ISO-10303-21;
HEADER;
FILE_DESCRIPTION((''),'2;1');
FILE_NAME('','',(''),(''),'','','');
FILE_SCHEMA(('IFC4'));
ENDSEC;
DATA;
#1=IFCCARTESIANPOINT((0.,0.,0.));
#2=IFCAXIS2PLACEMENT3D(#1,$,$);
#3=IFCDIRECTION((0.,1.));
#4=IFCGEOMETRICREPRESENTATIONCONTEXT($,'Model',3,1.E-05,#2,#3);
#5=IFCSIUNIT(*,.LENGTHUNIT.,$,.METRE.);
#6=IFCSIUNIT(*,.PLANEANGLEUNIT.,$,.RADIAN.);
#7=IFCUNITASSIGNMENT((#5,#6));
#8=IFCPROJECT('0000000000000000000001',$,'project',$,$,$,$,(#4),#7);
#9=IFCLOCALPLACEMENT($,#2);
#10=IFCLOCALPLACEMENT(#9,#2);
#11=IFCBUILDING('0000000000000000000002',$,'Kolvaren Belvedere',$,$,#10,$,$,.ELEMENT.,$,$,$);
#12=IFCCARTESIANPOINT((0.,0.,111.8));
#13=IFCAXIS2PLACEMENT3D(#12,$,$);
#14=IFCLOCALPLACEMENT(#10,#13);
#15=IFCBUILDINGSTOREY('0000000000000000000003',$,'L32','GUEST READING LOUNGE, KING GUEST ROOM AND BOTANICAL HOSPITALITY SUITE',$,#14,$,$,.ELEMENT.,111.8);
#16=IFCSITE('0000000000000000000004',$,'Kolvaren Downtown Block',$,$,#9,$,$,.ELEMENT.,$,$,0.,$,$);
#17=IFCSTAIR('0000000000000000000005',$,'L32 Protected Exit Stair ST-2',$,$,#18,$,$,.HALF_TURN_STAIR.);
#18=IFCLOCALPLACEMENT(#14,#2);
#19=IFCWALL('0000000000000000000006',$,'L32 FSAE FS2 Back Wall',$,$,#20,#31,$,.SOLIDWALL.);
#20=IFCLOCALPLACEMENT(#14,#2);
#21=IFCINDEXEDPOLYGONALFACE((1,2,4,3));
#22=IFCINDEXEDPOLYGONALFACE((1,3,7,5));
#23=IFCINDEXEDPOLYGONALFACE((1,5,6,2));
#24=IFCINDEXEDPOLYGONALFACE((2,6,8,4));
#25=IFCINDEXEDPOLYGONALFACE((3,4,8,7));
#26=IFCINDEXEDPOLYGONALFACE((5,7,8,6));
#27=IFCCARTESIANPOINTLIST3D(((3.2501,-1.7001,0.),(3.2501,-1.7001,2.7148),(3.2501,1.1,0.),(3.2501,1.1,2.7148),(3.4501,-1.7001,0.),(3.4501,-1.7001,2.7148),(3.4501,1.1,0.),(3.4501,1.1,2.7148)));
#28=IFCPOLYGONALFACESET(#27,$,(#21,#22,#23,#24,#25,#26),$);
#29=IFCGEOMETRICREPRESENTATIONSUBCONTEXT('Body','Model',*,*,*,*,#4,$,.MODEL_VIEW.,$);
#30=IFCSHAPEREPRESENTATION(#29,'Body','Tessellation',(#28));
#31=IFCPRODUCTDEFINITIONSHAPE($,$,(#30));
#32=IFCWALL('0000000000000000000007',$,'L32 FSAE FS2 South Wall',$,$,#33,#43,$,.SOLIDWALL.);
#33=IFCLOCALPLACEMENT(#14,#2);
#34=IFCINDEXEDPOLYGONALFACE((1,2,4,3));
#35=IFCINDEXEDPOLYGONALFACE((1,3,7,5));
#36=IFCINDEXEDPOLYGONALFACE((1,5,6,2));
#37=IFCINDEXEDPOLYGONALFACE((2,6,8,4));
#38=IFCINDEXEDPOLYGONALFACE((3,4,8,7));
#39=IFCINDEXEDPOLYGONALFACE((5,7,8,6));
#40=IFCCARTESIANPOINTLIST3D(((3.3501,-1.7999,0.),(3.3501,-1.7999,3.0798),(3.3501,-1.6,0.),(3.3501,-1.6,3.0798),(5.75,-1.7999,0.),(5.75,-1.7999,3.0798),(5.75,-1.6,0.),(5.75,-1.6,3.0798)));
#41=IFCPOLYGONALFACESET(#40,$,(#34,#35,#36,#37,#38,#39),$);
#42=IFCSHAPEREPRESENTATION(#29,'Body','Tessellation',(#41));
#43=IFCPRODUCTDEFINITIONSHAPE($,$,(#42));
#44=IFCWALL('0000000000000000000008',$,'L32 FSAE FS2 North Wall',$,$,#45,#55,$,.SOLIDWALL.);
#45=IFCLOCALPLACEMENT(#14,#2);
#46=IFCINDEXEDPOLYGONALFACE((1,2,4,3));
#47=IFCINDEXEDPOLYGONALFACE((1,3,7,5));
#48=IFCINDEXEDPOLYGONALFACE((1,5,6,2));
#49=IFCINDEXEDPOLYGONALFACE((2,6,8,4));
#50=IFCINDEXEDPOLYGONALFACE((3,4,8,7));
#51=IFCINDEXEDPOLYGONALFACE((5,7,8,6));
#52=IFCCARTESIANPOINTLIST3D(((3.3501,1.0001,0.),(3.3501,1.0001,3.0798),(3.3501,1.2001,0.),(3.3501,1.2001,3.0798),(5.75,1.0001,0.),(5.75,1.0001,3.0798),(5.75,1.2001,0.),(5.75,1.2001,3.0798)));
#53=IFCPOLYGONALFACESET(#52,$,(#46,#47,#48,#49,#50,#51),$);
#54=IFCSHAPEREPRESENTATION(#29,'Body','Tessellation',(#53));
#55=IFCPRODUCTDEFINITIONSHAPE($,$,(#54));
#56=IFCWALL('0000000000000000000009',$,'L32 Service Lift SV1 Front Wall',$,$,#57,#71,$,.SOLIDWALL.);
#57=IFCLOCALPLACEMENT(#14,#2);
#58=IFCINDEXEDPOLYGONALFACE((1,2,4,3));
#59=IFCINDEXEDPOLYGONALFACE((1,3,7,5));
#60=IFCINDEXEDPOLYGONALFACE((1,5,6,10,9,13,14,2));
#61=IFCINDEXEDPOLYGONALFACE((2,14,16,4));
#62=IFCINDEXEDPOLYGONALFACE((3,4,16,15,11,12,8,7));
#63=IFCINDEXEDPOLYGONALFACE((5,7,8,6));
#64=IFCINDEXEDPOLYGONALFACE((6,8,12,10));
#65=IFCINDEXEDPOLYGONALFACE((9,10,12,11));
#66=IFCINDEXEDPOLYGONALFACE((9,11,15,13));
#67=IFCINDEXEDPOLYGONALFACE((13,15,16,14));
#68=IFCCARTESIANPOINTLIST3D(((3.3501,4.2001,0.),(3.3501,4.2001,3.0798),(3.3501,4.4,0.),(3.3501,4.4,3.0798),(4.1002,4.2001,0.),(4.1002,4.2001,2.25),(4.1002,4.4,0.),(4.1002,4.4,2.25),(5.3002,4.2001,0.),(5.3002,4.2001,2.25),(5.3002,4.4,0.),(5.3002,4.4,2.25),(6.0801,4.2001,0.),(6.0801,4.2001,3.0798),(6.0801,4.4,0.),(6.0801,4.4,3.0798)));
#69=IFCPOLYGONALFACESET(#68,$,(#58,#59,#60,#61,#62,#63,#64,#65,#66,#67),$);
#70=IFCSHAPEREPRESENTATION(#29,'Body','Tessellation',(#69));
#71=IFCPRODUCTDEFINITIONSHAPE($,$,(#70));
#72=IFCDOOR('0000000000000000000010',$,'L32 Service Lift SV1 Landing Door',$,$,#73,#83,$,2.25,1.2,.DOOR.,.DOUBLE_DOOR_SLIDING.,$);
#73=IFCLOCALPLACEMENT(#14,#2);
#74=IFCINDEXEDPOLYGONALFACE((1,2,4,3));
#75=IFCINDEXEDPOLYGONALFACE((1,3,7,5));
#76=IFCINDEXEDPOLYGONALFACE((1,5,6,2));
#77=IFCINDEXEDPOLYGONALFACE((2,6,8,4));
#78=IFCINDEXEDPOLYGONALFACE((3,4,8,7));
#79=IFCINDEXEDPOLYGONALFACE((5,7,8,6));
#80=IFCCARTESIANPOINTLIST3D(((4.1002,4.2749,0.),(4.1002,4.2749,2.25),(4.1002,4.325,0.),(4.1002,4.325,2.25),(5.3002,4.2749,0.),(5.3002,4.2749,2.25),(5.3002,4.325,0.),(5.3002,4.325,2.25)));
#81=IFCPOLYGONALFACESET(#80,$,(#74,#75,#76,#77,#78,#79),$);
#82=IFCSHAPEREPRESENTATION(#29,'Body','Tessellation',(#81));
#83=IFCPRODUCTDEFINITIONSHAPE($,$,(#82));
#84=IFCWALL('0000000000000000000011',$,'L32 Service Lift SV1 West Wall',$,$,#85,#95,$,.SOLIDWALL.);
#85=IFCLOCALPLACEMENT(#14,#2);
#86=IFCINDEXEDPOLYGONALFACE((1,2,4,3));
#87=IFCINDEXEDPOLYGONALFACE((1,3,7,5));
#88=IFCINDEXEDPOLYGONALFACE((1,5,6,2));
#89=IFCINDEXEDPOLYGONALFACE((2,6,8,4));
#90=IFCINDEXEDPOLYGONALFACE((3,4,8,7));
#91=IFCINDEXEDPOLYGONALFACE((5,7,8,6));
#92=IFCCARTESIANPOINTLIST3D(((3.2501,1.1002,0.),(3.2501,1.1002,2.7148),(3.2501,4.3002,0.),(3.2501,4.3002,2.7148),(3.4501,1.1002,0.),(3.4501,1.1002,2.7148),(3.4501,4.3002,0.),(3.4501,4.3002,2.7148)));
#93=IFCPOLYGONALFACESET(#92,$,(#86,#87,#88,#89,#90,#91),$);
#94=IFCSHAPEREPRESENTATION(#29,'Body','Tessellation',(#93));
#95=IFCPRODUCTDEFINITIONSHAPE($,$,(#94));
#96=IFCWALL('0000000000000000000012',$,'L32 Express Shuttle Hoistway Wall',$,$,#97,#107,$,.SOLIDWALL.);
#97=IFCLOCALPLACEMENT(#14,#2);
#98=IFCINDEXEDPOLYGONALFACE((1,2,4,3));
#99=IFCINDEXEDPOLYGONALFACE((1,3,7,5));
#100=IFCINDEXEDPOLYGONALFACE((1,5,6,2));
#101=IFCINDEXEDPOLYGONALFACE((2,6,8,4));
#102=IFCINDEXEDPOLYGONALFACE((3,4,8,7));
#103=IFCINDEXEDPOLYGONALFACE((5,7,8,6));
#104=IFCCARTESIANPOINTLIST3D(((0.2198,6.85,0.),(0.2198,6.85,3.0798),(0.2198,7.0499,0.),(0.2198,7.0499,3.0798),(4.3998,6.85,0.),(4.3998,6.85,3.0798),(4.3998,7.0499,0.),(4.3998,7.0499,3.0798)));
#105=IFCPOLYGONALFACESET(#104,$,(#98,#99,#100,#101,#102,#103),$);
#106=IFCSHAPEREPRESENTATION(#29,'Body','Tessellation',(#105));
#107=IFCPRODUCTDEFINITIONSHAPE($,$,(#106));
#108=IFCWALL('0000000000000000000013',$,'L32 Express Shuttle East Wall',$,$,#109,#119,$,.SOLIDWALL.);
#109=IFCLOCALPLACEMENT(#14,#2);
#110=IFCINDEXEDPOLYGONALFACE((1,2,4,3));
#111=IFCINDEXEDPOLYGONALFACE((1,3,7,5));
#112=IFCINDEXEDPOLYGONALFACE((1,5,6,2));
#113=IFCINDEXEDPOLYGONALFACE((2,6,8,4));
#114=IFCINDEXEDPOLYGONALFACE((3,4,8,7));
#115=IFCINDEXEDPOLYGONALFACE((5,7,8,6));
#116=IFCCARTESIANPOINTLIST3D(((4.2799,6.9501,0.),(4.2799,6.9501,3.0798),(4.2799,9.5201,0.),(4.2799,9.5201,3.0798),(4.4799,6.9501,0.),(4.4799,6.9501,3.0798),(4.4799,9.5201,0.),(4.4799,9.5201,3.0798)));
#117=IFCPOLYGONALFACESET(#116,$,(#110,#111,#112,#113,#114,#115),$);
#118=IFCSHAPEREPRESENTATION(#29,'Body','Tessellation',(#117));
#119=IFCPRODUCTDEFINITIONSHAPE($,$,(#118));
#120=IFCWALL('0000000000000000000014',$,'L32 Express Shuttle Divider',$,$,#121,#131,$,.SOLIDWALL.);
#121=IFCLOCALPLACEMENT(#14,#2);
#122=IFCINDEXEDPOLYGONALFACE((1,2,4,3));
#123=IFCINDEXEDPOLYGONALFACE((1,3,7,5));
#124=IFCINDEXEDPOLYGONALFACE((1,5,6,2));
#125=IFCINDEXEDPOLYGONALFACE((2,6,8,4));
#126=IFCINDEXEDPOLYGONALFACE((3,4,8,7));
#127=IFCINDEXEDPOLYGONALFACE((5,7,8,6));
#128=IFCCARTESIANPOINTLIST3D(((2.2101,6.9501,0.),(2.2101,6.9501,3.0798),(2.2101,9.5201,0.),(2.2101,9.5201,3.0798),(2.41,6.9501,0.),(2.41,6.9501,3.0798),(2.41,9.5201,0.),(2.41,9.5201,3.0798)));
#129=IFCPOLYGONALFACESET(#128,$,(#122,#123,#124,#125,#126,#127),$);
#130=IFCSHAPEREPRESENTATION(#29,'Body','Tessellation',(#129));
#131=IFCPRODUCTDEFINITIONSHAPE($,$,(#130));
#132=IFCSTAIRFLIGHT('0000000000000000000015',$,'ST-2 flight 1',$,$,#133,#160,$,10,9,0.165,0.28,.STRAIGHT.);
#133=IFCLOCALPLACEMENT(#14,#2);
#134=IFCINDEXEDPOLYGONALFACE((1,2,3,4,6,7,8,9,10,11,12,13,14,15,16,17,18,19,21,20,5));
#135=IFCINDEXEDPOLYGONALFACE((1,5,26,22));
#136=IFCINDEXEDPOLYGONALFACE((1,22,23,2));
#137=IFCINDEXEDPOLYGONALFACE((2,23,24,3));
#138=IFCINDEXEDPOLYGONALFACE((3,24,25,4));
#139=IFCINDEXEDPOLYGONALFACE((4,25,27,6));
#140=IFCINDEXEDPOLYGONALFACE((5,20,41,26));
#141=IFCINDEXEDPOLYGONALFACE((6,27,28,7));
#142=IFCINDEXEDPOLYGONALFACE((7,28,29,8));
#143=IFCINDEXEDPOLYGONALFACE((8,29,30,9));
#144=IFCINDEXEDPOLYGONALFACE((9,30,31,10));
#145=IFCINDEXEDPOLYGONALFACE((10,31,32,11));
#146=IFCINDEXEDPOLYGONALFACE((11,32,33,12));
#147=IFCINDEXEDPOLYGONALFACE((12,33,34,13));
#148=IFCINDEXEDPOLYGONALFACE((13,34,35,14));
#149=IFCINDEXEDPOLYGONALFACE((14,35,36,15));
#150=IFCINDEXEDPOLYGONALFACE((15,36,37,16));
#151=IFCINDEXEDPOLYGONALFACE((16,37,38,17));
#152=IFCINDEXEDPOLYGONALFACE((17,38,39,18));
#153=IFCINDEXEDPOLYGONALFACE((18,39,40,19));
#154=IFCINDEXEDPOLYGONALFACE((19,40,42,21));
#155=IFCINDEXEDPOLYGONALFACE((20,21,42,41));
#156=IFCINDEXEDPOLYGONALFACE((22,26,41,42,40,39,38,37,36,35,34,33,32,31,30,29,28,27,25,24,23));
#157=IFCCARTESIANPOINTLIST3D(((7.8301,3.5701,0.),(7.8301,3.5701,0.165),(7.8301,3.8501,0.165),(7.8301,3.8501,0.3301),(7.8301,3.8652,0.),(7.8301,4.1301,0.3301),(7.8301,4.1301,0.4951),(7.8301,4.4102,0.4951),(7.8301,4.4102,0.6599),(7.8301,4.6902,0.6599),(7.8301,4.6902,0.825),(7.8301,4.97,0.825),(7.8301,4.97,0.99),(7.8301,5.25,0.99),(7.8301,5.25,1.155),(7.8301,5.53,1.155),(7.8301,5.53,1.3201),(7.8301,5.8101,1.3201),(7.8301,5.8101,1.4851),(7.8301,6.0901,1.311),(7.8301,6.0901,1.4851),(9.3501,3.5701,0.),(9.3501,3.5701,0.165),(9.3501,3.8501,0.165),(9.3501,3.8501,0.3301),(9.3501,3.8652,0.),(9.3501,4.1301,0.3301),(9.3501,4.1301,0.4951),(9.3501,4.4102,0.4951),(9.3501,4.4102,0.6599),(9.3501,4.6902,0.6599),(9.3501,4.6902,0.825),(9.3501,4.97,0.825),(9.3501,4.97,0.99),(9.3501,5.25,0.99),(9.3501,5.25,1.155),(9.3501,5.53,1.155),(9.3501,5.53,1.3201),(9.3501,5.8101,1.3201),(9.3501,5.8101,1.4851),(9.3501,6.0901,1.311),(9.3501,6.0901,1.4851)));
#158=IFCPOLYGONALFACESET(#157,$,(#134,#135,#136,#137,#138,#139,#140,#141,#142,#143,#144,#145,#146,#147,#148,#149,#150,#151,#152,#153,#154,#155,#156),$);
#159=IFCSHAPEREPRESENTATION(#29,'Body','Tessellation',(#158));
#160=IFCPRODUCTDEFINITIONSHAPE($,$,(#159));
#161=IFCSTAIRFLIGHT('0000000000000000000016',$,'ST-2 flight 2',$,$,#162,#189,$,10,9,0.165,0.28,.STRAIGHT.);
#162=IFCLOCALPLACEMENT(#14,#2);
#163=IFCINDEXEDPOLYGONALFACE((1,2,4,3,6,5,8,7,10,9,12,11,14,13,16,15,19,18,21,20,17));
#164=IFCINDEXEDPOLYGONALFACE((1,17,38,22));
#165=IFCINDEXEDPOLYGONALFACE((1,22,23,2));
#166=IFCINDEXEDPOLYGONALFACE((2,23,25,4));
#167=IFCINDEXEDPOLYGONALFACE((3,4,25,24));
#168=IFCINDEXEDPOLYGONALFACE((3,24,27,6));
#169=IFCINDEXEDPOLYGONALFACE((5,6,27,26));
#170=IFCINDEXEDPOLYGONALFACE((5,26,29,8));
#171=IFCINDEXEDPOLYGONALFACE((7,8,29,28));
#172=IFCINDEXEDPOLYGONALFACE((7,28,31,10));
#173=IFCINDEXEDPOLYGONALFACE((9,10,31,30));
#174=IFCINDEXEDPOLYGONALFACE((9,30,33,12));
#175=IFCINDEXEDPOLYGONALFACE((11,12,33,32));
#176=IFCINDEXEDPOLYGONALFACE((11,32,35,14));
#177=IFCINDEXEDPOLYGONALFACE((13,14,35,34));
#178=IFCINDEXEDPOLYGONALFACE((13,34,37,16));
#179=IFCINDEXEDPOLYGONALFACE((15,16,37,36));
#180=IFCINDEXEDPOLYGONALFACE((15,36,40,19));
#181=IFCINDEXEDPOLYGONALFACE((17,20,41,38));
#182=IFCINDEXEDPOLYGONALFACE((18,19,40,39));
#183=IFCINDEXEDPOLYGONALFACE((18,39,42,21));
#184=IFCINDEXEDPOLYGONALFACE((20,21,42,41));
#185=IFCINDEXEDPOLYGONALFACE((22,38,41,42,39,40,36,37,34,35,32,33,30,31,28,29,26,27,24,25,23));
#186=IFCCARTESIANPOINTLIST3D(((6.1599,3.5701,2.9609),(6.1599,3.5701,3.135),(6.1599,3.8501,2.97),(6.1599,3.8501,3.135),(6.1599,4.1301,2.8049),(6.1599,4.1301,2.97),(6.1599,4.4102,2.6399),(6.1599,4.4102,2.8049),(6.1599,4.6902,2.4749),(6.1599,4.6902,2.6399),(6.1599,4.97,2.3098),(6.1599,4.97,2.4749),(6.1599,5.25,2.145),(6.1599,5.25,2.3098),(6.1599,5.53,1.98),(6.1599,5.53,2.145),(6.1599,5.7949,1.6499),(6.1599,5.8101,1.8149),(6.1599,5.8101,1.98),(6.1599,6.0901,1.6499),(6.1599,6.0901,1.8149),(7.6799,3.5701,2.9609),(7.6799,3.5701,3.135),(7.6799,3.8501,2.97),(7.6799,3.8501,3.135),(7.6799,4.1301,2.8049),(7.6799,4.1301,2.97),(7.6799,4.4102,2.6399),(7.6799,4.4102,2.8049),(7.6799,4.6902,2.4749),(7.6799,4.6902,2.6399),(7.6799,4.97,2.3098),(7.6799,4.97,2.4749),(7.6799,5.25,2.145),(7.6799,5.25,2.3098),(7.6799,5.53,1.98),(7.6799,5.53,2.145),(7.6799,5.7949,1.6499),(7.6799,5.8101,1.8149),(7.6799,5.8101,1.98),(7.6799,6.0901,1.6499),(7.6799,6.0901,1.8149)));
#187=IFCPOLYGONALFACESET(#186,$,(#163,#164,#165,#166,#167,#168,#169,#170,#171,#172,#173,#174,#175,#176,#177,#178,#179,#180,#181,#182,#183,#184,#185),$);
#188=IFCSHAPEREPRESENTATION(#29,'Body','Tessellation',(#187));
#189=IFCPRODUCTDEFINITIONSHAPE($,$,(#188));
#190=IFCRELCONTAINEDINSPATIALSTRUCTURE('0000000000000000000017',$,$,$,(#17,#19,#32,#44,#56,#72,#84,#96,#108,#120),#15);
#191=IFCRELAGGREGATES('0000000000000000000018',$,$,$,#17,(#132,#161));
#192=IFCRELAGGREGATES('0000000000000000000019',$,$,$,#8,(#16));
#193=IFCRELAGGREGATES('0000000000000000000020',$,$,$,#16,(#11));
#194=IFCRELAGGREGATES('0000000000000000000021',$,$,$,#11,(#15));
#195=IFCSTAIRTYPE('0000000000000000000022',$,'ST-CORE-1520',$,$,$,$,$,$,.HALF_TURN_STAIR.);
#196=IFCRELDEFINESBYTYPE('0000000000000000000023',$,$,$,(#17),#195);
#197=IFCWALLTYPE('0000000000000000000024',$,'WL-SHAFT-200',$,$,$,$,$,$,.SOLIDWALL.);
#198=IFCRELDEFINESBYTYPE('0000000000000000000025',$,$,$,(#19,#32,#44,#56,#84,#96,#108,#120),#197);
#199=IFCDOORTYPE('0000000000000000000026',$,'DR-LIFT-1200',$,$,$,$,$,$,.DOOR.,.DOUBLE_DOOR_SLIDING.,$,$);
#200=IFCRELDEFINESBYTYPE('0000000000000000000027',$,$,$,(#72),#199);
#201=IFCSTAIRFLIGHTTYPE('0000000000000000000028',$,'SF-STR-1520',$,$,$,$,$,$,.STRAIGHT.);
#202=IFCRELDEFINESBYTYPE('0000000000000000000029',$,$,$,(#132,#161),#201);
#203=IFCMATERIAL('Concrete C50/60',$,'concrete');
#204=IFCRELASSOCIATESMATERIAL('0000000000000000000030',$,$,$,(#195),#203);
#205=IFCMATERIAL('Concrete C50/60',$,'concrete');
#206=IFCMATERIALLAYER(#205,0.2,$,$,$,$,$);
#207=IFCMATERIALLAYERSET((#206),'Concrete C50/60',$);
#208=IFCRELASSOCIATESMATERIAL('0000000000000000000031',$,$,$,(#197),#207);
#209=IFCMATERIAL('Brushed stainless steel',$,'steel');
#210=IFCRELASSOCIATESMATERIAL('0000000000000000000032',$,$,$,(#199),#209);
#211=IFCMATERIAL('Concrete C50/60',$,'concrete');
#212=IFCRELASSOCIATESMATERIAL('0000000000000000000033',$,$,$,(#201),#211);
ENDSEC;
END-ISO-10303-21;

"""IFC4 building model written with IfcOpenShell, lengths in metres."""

from ifc_helpers import new_model, si_unit, direction, frame, frame_2d, origin, place, context, subcontext, project, spatial, polyline, rectangle, outline, extrude, material, layer, layer_set, type_object, element, fill, aggregate, save


model = new_model("IFC4")

# Units and contexts
model_context = context("Model", 3, precision=1e-05, world=origin(), true_north=direction((0.0, 1.0)))
body_context = subcontext(model_context, "Body", "Model", "MODEL_VIEW")
ifc_project = project(units=[si_unit("LENGTHUNIT", "METRE"), si_unit("PLANEANGLEUNIT", "RADIAN")], contexts=[model_context])

# Site, building, storey
site_placement = place(None, origin())
site = spatial("IfcSite", under=ifc_project, at=site_placement, Name="Kolvaren Downtown Block", CompositionType="ELEMENT", RefElevation=0.0)
building_placement = place(site_placement, origin())
building = spatial("IfcBuilding", under=site, at=building_placement, Name="Kolvaren Belvedere", CompositionType="ELEMENT")
storey_placement = place(building_placement, frame((0.0, 0.0, 111.8)))
storey = spatial("IfcBuildingStorey", under=building, at=storey_placement, Name="L32", Description="GUEST READING LOUNGE, KING GUEST ROOM AND BOTANICAL HOSPITALITY SUITE", CompositionType="ELEMENT", Elevation=111.8)

# Stair
ifc_material_1 = material(Name="Concrete C50/60", Category="concrete")
stair_type = type_object("IfcStairType", Name="ST-CORE-1520", PredefinedType="HALF_TURN_STAIR", material=ifc_material_1)
stair_1_placement = place(storey_placement, origin())
stair_1 = element("IfcStair", 1, at=stair_1_placement, inside=storey, type_object=stair_type, Name="L32 Protected Exit Stair ST-2", PredefinedType="HALF_TURN_STAIR")

# Walls
ifc_material_2 = material(Name="Concrete C50/60", Category="concrete")
ifc_layer_1 = layer(ifc_material_2, 0.2)
ifc_layer_set_1 = layer_set([ifc_layer_1], Name="Concrete C50/60")
wall_type_1 = type_object("IfcWallType", Name="WL-SHAFT-200", PredefinedType="SOLIDWALL", material=ifc_layer_set_1)
wall_1_placement = place(storey_placement, frame((3.3501, -1.7, 0.0), z_axis=(0.0, 0.0, 1.0), x_axis=(0.0, 1.0, 0.0)))
element("IfcWall", 2, at=wall_1_placement, inside=storey, type_object=wall_type_1, Name="L32 FSAE FS2 Back Wall", PredefinedType="SOLIDWALL", context=body_context, shape_type="SweptSolid", body=[
    extrude(rectangle(XDim=2.8, YDim=0.2, at=frame_2d((1.3999, 0.0))), origin(), (0.0, 0.0, 1.0), 2.7148),
])
for number, where, z_axis, x_axis, name in (
    (3, (3.3501, -1.7, 0.0), (0.0, 0.0, 1.0), (1.0, 0.0, 0.0), "L32 FSAE FS2 South Wall"),
    (4, (3.3501, 1.1001, 0.0), (0.0, 0.0, 1.0), (1.0, 0.0, 0.0), "L32 FSAE FS2 North Wall"),
):
    element("IfcWall", number, at=place(storey_placement, frame(where, z_axis=z_axis, x_axis=x_axis)), inside=storey, type_object=wall_type_1, Name=name, PredefinedType="SOLIDWALL", context=body_context, shape_type="SweptSolid", body=[
        extrude(rectangle(XDim=2.3999, YDim=0.2, at=frame_2d((1.2, 0.0))), origin(), (0.0, 0.0, 1.0), 3.0798),
    ])

# Wall, opening, door
wall_2_placement = place(storey_placement, frame((3.3501, 4.3, 0.0), z_axis=(0.0, 0.0, 1.0), x_axis=(1.0, 0.0, 0.0)))
wall_2 = element("IfcWall", 5, at=wall_2_placement, inside=storey, type_object=wall_type_1, Name="L32 Service Lift SV1 Front Wall", PredefinedType="SOLIDWALL", context=body_context, shape_type="SweptSolid", body=[
    extrude(rectangle(XDim=2.73, YDim=0.2, at=frame_2d((1.365, 0.0))), origin(), (0.0, 0.0, 1.0), 3.0798),
])
opening_1_placement = place(wall_2_placement, frame((0.75, 0.0, 0.0)))
opening_1 = element("IfcOpeningElement", 6, at=opening_1_placement, cuts=wall_2, PredefinedType="OPENING", context=body_context, shape_type="SweptSolid", body=[
    extrude(rectangle(XDim=1.2, YDim=2.25, at=frame_2d((0.6001, 1.125))), frame((0.0, 0.1099, 0.0), z_axis=(0.0, -1.0, 0.0), x_axis=(1.0, 0.0, 0.0)), (0.0, 0.0, 1.0), 0.22),
])
ifc_material_3 = material(Name="Brushed stainless steel", Category="steel")
door_type_1 = type_object("IfcDoorType", Name="DR-LIFT-1200", OperationType="DOUBLE_DOOR_SLIDING", PredefinedType="DOOR", material=ifc_material_3)
door_1_placement = place(opening_1_placement, origin())
door_1 = element("IfcDoor", 7, at=door_1_placement, inside=storey, type_object=door_type_1, Name="L32 Service Lift SV1 Landing Door", OperationType="DOUBLE_DOOR_SLIDING", OverallHeight=2.25, OverallWidth=1.2, PredefinedType="DOOR", context=body_context, shape_type="SweptSolid", body=[
    extrude(rectangle(XDim=1.2, YDim=2.25, at=frame_2d((0.6001, 1.125))), frame((0.0, 0.0249, 0.0), z_axis=(0.0, -1.0, 0.0), x_axis=(1.0, 0.0, 0.0)), (0.0, 0.0, 1.0), 0.05),
])
fill(opening_1, door_1)

# Walls
wall_3_placement = place(storey_placement, frame((3.3501, 1.1001, 0.0), z_axis=(0.0, 0.0, 1.0), x_axis=(0.0, 1.0, 0.0)))
element("IfcWall", 8, at=wall_3_placement, inside=storey, type_object=wall_type_1, Name="L32 Service Lift SV1 West Wall", PredefinedType="SOLIDWALL", context=body_context, shape_type="SweptSolid", body=[
    extrude(rectangle(XDim=3.2, YDim=0.2, at=frame_2d((1.6001, 0.0))), origin(), (0.0, 0.0, 1.0), 2.7148),
])
wall_4_placement = place(storey_placement, frame((0.22, 6.95, 0.0), z_axis=(0.0, 0.0, 1.0), x_axis=(1.0, 0.0, 0.0)))
element("IfcWall", 9, at=wall_4_placement, inside=storey, type_object=wall_type_1, Name="L32 Express Shuttle Hoistway Wall", PredefinedType="SOLIDWALL", context=body_context, shape_type="SweptSolid", body=[
    extrude(rectangle(XDim=4.1799, YDim=0.2, at=frame_2d((2.0898, 0.0))), origin(), (0.0, 0.0, 1.0), 3.0798),
])
for number, where, z_axis, x_axis, name in (
    (10, (4.3799, 6.95, 0.0), (0.0, 0.0, 1.0), (0.0, 1.0, 0.0), "L32 Express Shuttle East Wall"),
    (11, (2.3101, 6.95, 0.0), (0.0, 0.0, 1.0), (0.0, 1.0, 0.0), "L32 Express Shuttle Divider"),
):
    element("IfcWall", number, at=place(storey_placement, frame(where, z_axis=z_axis, x_axis=x_axis)), inside=storey, type_object=wall_type_1, Name=name, PredefinedType="SOLIDWALL", context=body_context, shape_type="SweptSolid", body=[
        extrude(rectangle(XDim=2.5701, YDim=0.2, at=frame_2d((1.2852, 0.0))), origin(), (0.0, 0.0, 1.0), 3.0798),
    ])

# Stair flights
ifc_material_4 = material(Name="Concrete C50/60", Category="concrete")
stair_flight_type = type_object("IfcStairFlightType", Name="SF-STR-1520", PredefinedType="STRAIGHT", material=ifc_material_4)
stair_flight_1_placement = place(storey_placement, frame((8.5901, 3.5701, 0.0), z_axis=(0.0, 0.0, 1.0), x_axis=(0.0, 1.0, 0.0)))
stair_flight_1 = element("IfcStairFlight", 12, at=stair_flight_1_placement, type_object=stair_flight_type, Name="ST-2 flight 1", NumberOfRisers=10, NumberOfTreads=9, PredefinedType="STRAIGHT", RiserHeight=0.165, TreadLength=0.28, context=body_context, shape_type="SweptSolid", body=[
    extrude(outline(polyline([(0.0, 0.0), (0.0, 0.165), (0.28, 0.165), (0.28, 0.3301), (0.5601, 0.3301), (0.5601, 0.4951), (0.8401, 0.4951), (0.8401, 0.6599), (1.1201, 0.6599), (1.1201, 0.825), (1.3999, 0.825), (1.3999, 0.99), (1.6799, 0.99), (1.6799, 1.155), (1.96, 1.155), (1.96, 1.3201), (2.24, 1.3201), (2.24, 1.4851), (2.52, 1.4851), (2.52, 1.6499), (2.52, 1.311), (0.2952, 0.0), (0.0, 0.0)])), frame((0.0, 0.76, 0.0), z_axis=(0.0, -1.0, 0.0), x_axis=(1.0, 0.0, 0.0)), (0.0, 0.0, 1.0), 1.52),
])
stair_flight_2_placement = place(storey_placement, frame((6.9199, 6.0901, 1.6499), z_axis=(0.0, 0.0, 1.0), x_axis=(0.0, -1.0, 0.0)))
stair_flight_2 = element("IfcStairFlight", 13, at=stair_flight_2_placement, type_object=stair_flight_type, Name="ST-2 flight 2", NumberOfRisers=10, NumberOfTreads=9, PredefinedType="STRAIGHT", RiserHeight=0.165, TreadLength=0.28, context=body_context, shape_type="SweptSolid", body=[
    extrude(outline(polyline([(0.0, 0.0), (0.0, 0.165), (0.28, 0.165), (0.28, 0.3301), (0.5601, 0.3301), (0.5601, 0.4951), (0.8401, 0.4951), (0.8401, 0.6599), (1.1201, 0.6599), (1.1201, 0.825), (1.3999, 0.825), (1.3999, 0.99), (1.6799, 0.99), (1.6799, 1.155), (1.96, 1.155), (1.96, 1.3201), (2.24, 1.3201), (2.24, 1.4851), (2.52, 1.4851), (2.52, 1.6499), (2.52, 1.311), (0.2952, 0.0), (0.0, 0.0)])), frame((0.0, 0.76, 0.0), z_axis=(0.0, -1.0, 0.0), x_axis=(1.0, 0.0, 0.0)), (0.0, 0.0, 1.0), 1.52),
])
aggregate(stair_1, [stair_flight_1, stair_flight_2])

save(model, "model.ifc")
